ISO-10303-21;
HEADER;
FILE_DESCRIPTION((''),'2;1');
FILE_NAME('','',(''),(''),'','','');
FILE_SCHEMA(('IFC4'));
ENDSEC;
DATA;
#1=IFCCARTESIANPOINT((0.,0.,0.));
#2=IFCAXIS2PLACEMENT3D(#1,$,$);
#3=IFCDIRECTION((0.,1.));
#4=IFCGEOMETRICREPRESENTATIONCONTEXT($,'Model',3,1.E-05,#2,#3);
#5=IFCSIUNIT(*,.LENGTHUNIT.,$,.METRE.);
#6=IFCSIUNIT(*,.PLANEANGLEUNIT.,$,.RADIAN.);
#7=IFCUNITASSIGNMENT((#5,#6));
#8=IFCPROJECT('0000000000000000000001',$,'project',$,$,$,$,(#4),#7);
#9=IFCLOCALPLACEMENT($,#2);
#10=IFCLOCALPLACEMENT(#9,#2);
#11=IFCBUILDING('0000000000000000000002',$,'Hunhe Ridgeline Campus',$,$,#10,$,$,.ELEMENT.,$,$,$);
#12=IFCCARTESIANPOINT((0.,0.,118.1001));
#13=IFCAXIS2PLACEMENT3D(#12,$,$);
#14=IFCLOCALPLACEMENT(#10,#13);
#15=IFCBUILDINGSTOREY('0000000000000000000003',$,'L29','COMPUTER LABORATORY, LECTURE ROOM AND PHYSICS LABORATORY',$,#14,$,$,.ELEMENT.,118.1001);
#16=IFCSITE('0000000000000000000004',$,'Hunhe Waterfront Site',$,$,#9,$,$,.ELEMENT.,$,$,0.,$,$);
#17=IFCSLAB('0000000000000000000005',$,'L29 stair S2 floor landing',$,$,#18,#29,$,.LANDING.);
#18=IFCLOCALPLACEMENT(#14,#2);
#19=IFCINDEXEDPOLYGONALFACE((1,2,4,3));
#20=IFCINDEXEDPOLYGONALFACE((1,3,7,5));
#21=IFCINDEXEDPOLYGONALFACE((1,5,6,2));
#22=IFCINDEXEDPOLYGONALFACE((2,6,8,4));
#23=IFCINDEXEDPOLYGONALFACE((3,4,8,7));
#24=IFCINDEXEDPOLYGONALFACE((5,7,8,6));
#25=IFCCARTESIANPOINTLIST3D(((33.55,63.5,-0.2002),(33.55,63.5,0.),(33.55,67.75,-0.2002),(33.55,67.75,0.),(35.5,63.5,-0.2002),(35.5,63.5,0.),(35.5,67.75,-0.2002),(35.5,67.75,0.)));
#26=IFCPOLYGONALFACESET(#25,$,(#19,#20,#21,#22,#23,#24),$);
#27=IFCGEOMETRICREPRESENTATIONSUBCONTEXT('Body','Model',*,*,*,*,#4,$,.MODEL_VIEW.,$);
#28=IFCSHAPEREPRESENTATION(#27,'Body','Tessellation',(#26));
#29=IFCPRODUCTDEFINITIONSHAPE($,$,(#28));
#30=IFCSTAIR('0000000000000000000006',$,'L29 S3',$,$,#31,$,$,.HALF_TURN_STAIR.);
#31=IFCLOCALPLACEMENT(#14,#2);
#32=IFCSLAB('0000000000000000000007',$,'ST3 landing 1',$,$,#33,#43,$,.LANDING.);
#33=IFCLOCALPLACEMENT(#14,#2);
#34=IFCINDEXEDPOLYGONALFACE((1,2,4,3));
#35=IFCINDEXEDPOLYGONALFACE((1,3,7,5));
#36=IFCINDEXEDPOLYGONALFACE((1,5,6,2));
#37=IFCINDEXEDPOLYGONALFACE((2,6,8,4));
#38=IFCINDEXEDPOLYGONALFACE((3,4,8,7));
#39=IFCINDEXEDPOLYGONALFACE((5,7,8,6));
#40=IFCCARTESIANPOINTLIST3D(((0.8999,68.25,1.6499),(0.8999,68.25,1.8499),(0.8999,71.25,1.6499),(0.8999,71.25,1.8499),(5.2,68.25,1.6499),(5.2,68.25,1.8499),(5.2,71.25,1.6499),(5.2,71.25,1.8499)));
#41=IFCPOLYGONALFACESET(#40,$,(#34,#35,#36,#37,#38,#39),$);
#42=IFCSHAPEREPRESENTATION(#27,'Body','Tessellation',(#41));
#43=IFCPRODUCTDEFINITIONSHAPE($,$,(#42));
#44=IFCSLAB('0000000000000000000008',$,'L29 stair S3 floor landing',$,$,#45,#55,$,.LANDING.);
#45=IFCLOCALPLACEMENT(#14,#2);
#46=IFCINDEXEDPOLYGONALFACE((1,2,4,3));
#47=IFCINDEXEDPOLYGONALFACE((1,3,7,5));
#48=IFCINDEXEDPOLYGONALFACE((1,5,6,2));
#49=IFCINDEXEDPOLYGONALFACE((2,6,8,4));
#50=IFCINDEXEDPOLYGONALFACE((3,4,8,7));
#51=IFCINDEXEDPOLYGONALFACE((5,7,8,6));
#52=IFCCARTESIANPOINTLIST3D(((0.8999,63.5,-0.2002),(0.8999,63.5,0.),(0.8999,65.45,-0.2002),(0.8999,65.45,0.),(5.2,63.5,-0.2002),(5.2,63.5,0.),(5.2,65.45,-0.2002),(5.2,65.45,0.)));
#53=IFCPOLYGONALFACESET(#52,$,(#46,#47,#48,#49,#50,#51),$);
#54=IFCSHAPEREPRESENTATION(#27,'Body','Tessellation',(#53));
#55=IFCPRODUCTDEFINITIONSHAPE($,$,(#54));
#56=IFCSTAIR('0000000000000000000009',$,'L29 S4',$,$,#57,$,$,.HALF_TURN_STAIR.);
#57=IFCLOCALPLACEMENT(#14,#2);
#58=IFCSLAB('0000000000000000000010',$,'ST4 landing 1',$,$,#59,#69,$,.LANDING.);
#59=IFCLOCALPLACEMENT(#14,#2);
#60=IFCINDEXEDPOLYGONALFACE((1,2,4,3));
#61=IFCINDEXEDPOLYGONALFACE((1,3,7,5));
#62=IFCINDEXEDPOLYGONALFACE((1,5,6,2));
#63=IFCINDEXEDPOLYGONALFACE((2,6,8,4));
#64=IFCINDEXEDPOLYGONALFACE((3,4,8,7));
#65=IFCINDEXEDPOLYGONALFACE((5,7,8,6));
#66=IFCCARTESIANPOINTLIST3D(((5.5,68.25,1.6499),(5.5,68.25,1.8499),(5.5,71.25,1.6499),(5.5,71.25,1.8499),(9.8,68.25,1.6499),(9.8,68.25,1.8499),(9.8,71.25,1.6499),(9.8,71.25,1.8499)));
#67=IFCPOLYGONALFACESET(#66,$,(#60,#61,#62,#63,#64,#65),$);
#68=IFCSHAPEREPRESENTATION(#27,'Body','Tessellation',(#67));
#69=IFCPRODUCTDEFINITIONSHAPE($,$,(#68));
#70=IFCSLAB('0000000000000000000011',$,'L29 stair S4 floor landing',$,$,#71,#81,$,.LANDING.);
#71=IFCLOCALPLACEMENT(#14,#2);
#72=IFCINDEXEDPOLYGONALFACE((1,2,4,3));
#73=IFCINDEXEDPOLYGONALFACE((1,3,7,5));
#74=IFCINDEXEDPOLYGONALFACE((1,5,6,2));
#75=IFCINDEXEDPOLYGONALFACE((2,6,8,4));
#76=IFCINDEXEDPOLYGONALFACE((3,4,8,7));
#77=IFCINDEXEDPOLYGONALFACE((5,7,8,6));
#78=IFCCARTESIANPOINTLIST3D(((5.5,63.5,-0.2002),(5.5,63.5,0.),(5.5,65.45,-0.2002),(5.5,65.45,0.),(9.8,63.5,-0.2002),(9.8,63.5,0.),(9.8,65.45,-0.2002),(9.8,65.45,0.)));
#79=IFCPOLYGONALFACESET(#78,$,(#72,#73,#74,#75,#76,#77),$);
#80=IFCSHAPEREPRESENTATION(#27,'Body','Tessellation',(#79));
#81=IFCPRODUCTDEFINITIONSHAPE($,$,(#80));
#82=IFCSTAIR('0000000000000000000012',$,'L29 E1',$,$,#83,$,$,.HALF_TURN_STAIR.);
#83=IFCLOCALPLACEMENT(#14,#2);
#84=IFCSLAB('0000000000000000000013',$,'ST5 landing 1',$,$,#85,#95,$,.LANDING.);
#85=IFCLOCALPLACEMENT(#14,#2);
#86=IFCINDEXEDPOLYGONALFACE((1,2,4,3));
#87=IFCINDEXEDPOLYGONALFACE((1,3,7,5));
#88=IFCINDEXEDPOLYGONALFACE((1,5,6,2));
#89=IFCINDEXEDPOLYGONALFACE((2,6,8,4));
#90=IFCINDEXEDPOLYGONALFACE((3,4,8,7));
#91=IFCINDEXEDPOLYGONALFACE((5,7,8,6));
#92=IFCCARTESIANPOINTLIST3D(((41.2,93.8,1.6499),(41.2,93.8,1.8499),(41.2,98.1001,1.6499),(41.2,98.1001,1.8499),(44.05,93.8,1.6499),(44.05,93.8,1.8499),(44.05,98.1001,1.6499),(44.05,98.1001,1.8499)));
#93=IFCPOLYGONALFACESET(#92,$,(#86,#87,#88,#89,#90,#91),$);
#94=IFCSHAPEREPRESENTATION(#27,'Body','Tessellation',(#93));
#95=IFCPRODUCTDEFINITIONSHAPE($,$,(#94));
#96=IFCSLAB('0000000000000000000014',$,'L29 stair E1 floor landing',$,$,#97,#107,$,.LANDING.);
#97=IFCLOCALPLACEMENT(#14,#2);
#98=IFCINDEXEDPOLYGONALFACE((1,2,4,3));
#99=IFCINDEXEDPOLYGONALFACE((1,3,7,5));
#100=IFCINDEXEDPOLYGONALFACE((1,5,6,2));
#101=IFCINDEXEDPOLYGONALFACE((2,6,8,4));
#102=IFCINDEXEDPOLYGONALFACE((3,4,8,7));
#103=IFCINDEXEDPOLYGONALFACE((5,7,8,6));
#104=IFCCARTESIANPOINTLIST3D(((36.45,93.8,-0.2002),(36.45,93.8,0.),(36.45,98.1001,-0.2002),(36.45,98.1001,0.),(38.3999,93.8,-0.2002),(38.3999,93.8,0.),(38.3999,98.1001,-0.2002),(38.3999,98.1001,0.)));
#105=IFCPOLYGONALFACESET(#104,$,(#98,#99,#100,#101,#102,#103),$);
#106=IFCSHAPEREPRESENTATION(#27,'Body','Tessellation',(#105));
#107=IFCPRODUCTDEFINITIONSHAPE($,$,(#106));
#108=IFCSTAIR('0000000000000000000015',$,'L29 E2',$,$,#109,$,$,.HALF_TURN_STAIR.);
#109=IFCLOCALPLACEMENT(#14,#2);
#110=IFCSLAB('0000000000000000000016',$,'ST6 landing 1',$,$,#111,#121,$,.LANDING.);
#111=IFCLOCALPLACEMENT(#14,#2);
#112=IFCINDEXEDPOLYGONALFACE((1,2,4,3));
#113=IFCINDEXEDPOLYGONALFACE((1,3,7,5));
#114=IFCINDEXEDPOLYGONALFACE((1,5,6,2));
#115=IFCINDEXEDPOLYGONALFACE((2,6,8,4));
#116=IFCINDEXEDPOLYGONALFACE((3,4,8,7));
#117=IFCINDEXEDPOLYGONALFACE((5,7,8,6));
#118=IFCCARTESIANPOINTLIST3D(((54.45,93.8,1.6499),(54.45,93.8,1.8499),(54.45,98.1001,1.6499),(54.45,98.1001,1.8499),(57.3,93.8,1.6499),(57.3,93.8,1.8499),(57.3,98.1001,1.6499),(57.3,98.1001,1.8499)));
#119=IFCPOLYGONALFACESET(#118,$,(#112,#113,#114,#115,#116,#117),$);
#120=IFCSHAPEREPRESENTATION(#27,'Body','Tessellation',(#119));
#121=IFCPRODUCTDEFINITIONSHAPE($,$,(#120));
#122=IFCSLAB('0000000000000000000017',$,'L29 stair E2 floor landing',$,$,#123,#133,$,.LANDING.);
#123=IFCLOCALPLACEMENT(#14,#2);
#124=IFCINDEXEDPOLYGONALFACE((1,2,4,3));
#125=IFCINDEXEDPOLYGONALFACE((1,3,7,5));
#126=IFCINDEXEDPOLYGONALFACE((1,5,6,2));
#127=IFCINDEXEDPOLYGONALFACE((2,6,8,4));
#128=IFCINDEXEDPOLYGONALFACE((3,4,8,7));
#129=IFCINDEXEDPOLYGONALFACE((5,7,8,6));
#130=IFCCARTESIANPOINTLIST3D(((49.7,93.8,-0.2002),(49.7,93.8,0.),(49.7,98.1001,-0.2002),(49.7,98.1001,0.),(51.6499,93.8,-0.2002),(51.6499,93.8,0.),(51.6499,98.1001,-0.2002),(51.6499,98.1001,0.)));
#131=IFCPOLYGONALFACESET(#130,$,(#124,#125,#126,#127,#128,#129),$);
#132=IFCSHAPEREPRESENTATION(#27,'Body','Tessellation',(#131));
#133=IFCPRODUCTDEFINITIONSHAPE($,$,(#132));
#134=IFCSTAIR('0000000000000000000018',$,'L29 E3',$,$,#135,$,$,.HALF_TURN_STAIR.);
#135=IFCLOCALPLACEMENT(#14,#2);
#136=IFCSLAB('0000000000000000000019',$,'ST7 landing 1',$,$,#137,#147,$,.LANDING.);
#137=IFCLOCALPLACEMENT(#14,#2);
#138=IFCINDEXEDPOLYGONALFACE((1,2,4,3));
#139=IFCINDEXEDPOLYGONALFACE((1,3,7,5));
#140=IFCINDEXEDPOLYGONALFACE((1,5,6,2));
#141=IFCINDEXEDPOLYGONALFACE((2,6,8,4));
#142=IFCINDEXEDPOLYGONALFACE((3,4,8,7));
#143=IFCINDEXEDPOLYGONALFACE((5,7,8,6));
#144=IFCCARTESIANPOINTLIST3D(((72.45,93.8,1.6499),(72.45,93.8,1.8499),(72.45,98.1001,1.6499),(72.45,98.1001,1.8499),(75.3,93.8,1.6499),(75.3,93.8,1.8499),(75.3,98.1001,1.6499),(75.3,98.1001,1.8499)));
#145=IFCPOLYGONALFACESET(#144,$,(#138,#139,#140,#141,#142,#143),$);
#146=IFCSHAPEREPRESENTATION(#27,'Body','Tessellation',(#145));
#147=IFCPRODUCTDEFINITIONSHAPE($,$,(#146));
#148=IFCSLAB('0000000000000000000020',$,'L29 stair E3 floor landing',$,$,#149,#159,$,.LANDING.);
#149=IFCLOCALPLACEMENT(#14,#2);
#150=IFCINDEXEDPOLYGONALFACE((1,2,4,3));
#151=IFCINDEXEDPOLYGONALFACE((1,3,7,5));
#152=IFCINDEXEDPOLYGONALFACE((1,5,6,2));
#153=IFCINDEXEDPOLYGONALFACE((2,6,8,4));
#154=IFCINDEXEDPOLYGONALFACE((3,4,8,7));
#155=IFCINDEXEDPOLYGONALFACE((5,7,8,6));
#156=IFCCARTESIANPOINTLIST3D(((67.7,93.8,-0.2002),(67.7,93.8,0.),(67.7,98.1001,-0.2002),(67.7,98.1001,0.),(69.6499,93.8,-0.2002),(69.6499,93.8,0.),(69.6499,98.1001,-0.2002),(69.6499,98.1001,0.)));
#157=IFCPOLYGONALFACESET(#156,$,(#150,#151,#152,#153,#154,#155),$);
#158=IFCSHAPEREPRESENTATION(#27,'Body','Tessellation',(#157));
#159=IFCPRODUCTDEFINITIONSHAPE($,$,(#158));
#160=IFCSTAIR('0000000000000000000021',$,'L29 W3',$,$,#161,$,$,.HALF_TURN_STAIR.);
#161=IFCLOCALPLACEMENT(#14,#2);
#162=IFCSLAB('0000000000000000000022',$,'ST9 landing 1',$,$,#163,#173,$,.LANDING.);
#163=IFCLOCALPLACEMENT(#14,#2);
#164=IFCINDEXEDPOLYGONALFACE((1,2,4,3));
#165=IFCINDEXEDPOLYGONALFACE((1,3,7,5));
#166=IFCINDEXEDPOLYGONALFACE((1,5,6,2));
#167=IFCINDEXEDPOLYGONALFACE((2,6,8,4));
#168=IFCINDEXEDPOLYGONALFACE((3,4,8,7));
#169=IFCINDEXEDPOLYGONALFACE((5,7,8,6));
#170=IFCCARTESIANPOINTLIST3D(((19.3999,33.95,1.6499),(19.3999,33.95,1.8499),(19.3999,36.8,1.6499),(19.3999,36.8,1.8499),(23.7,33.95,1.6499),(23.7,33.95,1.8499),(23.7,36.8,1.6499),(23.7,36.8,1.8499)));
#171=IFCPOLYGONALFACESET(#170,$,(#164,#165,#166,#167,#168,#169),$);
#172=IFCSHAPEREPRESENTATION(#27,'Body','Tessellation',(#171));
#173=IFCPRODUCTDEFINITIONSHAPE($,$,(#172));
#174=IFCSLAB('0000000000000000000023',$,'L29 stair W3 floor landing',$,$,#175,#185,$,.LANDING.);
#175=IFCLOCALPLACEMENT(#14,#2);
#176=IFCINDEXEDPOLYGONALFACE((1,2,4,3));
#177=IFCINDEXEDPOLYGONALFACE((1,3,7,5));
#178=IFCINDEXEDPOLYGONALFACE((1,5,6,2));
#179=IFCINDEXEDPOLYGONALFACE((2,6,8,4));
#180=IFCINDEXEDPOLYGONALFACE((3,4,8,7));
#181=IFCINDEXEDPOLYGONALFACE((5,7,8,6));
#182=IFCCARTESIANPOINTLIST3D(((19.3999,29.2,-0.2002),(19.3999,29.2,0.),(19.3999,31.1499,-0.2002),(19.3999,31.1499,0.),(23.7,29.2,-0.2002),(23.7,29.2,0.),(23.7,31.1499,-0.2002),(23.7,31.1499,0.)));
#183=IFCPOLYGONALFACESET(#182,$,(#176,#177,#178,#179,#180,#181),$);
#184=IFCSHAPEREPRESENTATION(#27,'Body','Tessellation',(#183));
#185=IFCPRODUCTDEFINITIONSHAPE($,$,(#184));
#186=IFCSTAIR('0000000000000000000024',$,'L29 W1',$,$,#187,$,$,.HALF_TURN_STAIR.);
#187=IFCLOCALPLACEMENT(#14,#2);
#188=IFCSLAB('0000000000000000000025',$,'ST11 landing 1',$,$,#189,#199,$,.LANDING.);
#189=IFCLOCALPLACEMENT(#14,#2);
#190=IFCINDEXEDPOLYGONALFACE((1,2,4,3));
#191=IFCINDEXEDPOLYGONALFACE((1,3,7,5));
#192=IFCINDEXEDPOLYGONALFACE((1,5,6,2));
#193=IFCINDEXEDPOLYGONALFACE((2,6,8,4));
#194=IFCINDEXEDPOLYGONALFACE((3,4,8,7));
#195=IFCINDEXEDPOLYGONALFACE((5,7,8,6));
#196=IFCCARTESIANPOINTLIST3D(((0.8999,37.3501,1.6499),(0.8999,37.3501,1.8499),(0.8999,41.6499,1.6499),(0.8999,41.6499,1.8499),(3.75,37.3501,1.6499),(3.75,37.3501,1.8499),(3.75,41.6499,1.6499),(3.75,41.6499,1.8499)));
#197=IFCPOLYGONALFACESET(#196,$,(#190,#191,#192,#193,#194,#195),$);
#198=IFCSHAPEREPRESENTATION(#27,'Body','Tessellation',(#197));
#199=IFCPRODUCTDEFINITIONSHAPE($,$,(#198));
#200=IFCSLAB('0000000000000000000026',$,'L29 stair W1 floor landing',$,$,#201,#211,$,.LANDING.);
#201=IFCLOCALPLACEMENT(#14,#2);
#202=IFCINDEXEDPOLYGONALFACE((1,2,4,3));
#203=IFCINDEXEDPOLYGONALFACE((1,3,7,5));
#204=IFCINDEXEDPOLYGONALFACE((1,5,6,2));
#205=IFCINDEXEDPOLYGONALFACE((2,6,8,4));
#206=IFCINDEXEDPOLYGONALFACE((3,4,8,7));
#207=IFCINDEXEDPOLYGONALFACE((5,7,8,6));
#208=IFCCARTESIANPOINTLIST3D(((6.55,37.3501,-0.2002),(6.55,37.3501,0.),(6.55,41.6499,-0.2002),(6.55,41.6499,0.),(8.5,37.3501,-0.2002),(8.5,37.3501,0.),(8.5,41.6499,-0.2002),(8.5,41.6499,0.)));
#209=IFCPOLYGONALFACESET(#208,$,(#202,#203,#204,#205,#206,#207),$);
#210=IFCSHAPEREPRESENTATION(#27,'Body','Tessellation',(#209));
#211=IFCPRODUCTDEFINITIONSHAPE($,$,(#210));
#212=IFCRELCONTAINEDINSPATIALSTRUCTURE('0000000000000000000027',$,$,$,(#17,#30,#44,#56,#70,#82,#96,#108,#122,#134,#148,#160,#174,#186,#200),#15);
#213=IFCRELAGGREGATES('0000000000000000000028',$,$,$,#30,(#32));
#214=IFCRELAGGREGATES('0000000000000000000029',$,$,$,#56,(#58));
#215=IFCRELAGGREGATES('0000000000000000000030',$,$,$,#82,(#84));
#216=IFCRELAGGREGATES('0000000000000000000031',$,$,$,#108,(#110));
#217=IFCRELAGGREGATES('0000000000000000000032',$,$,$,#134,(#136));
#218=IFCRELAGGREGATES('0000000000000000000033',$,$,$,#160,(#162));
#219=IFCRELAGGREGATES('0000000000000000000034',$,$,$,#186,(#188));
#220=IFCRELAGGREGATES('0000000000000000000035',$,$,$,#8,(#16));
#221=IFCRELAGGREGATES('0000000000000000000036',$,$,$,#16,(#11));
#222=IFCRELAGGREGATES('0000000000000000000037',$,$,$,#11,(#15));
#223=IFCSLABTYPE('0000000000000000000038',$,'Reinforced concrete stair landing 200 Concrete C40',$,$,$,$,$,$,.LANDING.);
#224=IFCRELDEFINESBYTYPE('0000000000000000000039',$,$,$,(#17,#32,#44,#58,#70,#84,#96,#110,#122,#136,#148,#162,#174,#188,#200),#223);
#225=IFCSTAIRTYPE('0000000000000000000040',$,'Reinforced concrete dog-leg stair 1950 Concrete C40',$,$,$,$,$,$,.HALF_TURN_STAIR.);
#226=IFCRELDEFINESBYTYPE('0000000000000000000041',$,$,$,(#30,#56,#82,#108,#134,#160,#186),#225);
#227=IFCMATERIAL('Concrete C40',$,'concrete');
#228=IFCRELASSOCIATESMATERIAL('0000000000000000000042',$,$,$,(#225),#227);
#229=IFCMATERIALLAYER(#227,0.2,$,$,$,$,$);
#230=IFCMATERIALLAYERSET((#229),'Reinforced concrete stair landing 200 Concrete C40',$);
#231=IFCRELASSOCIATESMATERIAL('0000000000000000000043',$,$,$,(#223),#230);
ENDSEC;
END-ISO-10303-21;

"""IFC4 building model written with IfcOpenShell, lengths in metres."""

from ifc_helpers import new_model, si_unit, direction, frame, origin, place, context, subcontext, project, spatial, polyline, outline, extrude, material, layer, layer_set, type_object, element, aggregate, save


model = new_model("IFC4")

# Units and contexts
model_context = context("Model", 3, precision=1e-05, world=origin(), true_north=direction((0.0, 1.0)))
body_context = subcontext(model_context, "Body", "Model", "MODEL_VIEW")
ifc_project = project(units=[si_unit("LENGTHUNIT", "METRE"), si_unit("PLANEANGLEUNIT", "RADIAN")], contexts=[model_context])

# Site, building, storey
site_placement = place(None, origin())
site = spatial("IfcSite", under=ifc_project, at=site_placement, Name="Hunhe Waterfront Site", CompositionType="ELEMENT", RefElevation=0.0)
building_placement = place(site_placement, origin())
building = spatial("IfcBuilding", under=site, at=building_placement, Name="Hunhe Ridgeline Campus", CompositionType="ELEMENT")
storey_placement = place(building_placement, frame((0.0, 0.0, 118.1001)))
storey = spatial("IfcBuildingStorey", under=building, at=storey_placement, Name="L29", Description="COMPUTER LABORATORY, LECTURE ROOM AND PHYSICS LABORATORY", CompositionType="ELEMENT", Elevation=118.1001)

# Shared definitions
ifc_material_1 = material(Name="Concrete C40", Category="concrete")

# Shared definitions
stair_type = type_object("IfcStairType", Name="Reinforced concrete dog-leg stair 1950 Concrete C40", PredefinedType="HALF_TURN_STAIR", material=ifc_material_1)
ifc_layer_1 = layer(ifc_material_1, 0.2)
ifc_layer_set_1 = layer_set([ifc_layer_1], Name="Reinforced concrete stair landing 200 Concrete C40")
slab_type_1 = type_object("IfcSlabType", Name="Reinforced concrete stair landing 200 Concrete C40", PredefinedType="LANDING", material=ifc_layer_set_1)

# Slab
slab_1_placement = place(storey_placement, frame((0.0, 0.0, -0.2002)))
element("IfcSlab", 1, at=slab_1_placement, inside=storey, type_object=slab_type_1, Name="L29 stair S2 floor landing", PredefinedType="LANDING", context=body_context, shape_type="SweptSolid", body=[
    extrude(outline(polyline([(35.5, 67.75), (33.55, 67.75), (33.55, 63.5), (35.5, 63.5), (35.5, 67.75)])), origin(), (0.0, 0.0, 1.0), 0.2002),
])

# Stair, slab
stair_1_placement = place(storey_placement, origin())
stair_1 = element("IfcStair", 2, at=stair_1_placement, inside=storey, type_object=stair_type, Name="L29 S3", PredefinedType="HALF_TURN_STAIR")
slab_2_placement = place(storey_placement, frame((0.0, 0.0, 1.6499)))
slab_2 = element("IfcSlab", 3, at=slab_2_placement, type_object=slab_type_1, Name="ST3 landing 1", PredefinedType="LANDING", context=body_context, shape_type="SweptSolid", body=[
    extrude(outline(polyline([(5.2, 68.25), (5.2, 71.25), (0.8999, 71.25), (0.8999, 68.25), (5.2, 68.25)])), origin(), (0.0, 0.0, 1.0), 0.2),
])
aggregate(stair_1, [slab_2])

# Slab
slab_3_placement = place(storey_placement, frame((0.0, 0.0, -0.2002)))
element("IfcSlab", 4, at=slab_3_placement, inside=storey, type_object=slab_type_1, Name="L29 stair S3 floor landing", PredefinedType="LANDING", context=body_context, shape_type="SweptSolid", body=[
    extrude(outline(polyline([(5.2, 63.5), (5.2, 65.45), (0.8999, 65.45), (0.8999, 63.5), (5.2, 63.5)])), origin(), (0.0, 0.0, 1.0), 0.2002),
])

# Stair, slab
stair_2_placement = place(storey_placement, origin())
stair_2 = element("IfcStair", 5, at=stair_2_placement, inside=storey, type_object=stair_type, Name="L29 S4", PredefinedType="HALF_TURN_STAIR")
slab_4_placement = place(storey_placement, frame((0.0, 0.0, 1.6499)))
slab_4 = element("IfcSlab", 6, at=slab_4_placement, type_object=slab_type_1, Name="ST4 landing 1", PredefinedType="LANDING", context=body_context, shape_type="SweptSolid", body=[
    extrude(outline(polyline([(9.8, 68.25), (9.8, 71.25), (5.5, 71.25), (5.5, 68.25), (9.8, 68.25)])), origin(), (0.0, 0.0, 1.0), 0.2),
])
aggregate(stair_2, [slab_4])

# Slab
slab_5_placement = place(storey_placement, frame((0.0, 0.0, -0.2002)))
element("IfcSlab", 7, at=slab_5_placement, inside=storey, type_object=slab_type_1, Name="L29 stair S4 floor landing", PredefinedType="LANDING", context=body_context, shape_type="SweptSolid", body=[
    extrude(outline(polyline([(9.8, 63.5), (9.8, 65.45), (5.5, 65.45), (5.5, 63.5), (9.8, 63.5)])), origin(), (0.0, 0.0, 1.0), 0.2002),
])

# Stair, slab
stair_3_placement = place(storey_placement, origin())
stair_3 = element("IfcStair", 8, at=stair_3_placement, inside=storey, type_object=stair_type, Name="L29 E1", PredefinedType="HALF_TURN_STAIR")
slab_6_placement = place(storey_placement, frame((0.0, 0.0, 1.6499)))
slab_6 = element("IfcSlab", 9, at=slab_6_placement, type_object=slab_type_1, Name="ST5 landing 1", PredefinedType="LANDING", context=body_context, shape_type="SweptSolid", body=[
    extrude(outline(polyline([(41.2, 93.8), (44.05, 93.8), (44.05, 98.1001), (41.2, 98.1001), (41.2, 93.8)])), origin(), (0.0, 0.0, 1.0), 0.2),
])
aggregate(stair_3, [slab_6])

# Slab
slab_7_placement = place(storey_placement, frame((0.0, 0.0, -0.2002)))
element("IfcSlab", 10, at=slab_7_placement, inside=storey, type_object=slab_type_1, Name="L29 stair E1 floor landing", PredefinedType="LANDING", context=body_context, shape_type="SweptSolid", body=[
    extrude(outline(polyline([(36.45, 93.8), (38.3999, 93.8), (38.3999, 98.1001), (36.45, 98.1001), (36.45, 93.8)])), origin(), (0.0, 0.0, 1.0), 0.2002),
])

# Stair, slab
stair_4_placement = place(storey_placement, origin())
stair_4 = element("IfcStair", 11, at=stair_4_placement, inside=storey, type_object=stair_type, Name="L29 E2", PredefinedType="HALF_TURN_STAIR")
slab_8_placement = place(storey_placement, frame((0.0, 0.0, 1.6499)))
slab_8 = element("IfcSlab", 12, at=slab_8_placement, type_object=slab_type_1, Name="ST6 landing 1", PredefinedType="LANDING", context=body_context, shape_type="SweptSolid", body=[
    extrude(outline(polyline([(54.45, 93.8), (57.3, 93.8), (57.3, 98.1001), (54.45, 98.1001), (54.45, 93.8)])), origin(), (0.0, 0.0, 1.0), 0.2),
])
aggregate(stair_4, [slab_8])

# Slab
slab_9_placement = place(storey_placement, frame((0.0, 0.0, -0.2002)))
element("IfcSlab", 13, at=slab_9_placement, inside=storey, type_object=slab_type_1, Name="L29 stair E2 floor landing", PredefinedType="LANDING", context=body_context, shape_type="SweptSolid", body=[
    extrude(outline(polyline([(49.7, 93.8), (51.6499, 93.8), (51.6499, 98.1001), (49.7, 98.1001), (49.7, 93.8)])), origin(), (0.0, 0.0, 1.0), 0.2002),
])

# Stair, slab
stair_5_placement = place(storey_placement, origin())
stair_5 = element("IfcStair", 14, at=stair_5_placement, inside=storey, type_object=stair_type, Name="L29 E3", PredefinedType="HALF_TURN_STAIR")
slab_10_placement = place(storey_placement, frame((0.0, 0.0, 1.6499)))
slab_10 = element("IfcSlab", 15, at=slab_10_placement, type_object=slab_type_1, Name="ST7 landing 1", PredefinedType="LANDING", context=body_context, shape_type="SweptSolid", body=[
    extrude(outline(polyline([(72.45, 93.8), (75.3, 93.8), (75.3, 98.1001), (72.45, 98.1001), (72.45, 93.8)])), origin(), (0.0, 0.0, 1.0), 0.2),
])
aggregate(stair_5, [slab_10])

# Slab
slab_11_placement = place(storey_placement, frame((0.0, 0.0, -0.2002)))
element("IfcSlab", 16, at=slab_11_placement, inside=storey, type_object=slab_type_1, Name="L29 stair E3 floor landing", PredefinedType="LANDING", context=body_context, shape_type="SweptSolid", body=[
    extrude(outline(polyline([(67.7, 93.8), (69.6499, 93.8), (69.6499, 98.1001), (67.7, 98.1001), (67.7, 93.8)])), origin(), (0.0, 0.0, 1.0), 0.2002),
])

# Stair, slab
stair_6_placement = place(storey_placement, origin())
stair_6 = element("IfcStair", 17, at=stair_6_placement, inside=storey, type_object=stair_type, Name="L29 W3", PredefinedType="HALF_TURN_STAIR")
slab_12_placement = place(storey_placement, frame((0.0, 0.0, 1.6499)))
slab_12 = element("IfcSlab", 18, at=slab_12_placement, type_object=slab_type_1, Name="ST9 landing 1", PredefinedType="LANDING", context=body_context, shape_type="SweptSolid", body=[
    extrude(outline(polyline([(23.7, 33.95), (23.7, 36.8), (19.3999, 36.8), (19.3999, 33.95), (23.7, 33.95)])), origin(), (0.0, 0.0, 1.0), 0.2),
])
aggregate(stair_6, [slab_12])

# Slab
slab_13_placement = place(storey_placement, frame((0.0, 0.0, -0.2002)))
element("IfcSlab", 19, at=slab_13_placement, inside=storey, type_object=slab_type_1, Name="L29 stair W3 floor landing", PredefinedType="LANDING", context=body_context, shape_type="SweptSolid", body=[
    extrude(outline(polyline([(23.7, 29.2), (23.7, 31.1499), (19.3999, 31.1499), (19.3999, 29.2), (23.7, 29.2)])), origin(), (0.0, 0.0, 1.0), 0.2002),
])

# Stair, slab
stair_7_placement = place(storey_placement, origin())
stair_7 = element("IfcStair", 20, at=stair_7_placement, inside=storey, type_object=stair_type, Name="L29 W1", PredefinedType="HALF_TURN_STAIR")
slab_14_placement = place(storey_placement, frame((0.0, 0.0, 1.6499)))
slab_14 = element("IfcSlab", 21, at=slab_14_placement, type_object=slab_type_1, Name="ST11 landing 1", PredefinedType="LANDING", context=body_context, shape_type="SweptSolid", body=[
    extrude(outline(polyline([(3.75, 41.6499), (0.8999, 41.6499), (0.8999, 37.3501), (3.75, 37.3501), (3.75, 41.6499)])), origin(), (0.0, 0.0, 1.0), 0.2),
])
aggregate(stair_7, [slab_14])

# Slab
slab_15_placement = place(storey_placement, frame((0.0, 0.0, -0.2002)))
element("IfcSlab", 22, at=slab_15_placement, inside=storey, type_object=slab_type_1, Name="L29 stair W1 floor landing", PredefinedType="LANDING", context=body_context, shape_type="SweptSolid", body=[
    extrude(outline(polyline([(8.5, 41.6499), (6.55, 41.6499), (6.55, 37.3501), (8.5, 37.3501), (8.5, 41.6499)])), origin(), (0.0, 0.0, 1.0), 0.2002),
])

save(model, "model.ifc")
